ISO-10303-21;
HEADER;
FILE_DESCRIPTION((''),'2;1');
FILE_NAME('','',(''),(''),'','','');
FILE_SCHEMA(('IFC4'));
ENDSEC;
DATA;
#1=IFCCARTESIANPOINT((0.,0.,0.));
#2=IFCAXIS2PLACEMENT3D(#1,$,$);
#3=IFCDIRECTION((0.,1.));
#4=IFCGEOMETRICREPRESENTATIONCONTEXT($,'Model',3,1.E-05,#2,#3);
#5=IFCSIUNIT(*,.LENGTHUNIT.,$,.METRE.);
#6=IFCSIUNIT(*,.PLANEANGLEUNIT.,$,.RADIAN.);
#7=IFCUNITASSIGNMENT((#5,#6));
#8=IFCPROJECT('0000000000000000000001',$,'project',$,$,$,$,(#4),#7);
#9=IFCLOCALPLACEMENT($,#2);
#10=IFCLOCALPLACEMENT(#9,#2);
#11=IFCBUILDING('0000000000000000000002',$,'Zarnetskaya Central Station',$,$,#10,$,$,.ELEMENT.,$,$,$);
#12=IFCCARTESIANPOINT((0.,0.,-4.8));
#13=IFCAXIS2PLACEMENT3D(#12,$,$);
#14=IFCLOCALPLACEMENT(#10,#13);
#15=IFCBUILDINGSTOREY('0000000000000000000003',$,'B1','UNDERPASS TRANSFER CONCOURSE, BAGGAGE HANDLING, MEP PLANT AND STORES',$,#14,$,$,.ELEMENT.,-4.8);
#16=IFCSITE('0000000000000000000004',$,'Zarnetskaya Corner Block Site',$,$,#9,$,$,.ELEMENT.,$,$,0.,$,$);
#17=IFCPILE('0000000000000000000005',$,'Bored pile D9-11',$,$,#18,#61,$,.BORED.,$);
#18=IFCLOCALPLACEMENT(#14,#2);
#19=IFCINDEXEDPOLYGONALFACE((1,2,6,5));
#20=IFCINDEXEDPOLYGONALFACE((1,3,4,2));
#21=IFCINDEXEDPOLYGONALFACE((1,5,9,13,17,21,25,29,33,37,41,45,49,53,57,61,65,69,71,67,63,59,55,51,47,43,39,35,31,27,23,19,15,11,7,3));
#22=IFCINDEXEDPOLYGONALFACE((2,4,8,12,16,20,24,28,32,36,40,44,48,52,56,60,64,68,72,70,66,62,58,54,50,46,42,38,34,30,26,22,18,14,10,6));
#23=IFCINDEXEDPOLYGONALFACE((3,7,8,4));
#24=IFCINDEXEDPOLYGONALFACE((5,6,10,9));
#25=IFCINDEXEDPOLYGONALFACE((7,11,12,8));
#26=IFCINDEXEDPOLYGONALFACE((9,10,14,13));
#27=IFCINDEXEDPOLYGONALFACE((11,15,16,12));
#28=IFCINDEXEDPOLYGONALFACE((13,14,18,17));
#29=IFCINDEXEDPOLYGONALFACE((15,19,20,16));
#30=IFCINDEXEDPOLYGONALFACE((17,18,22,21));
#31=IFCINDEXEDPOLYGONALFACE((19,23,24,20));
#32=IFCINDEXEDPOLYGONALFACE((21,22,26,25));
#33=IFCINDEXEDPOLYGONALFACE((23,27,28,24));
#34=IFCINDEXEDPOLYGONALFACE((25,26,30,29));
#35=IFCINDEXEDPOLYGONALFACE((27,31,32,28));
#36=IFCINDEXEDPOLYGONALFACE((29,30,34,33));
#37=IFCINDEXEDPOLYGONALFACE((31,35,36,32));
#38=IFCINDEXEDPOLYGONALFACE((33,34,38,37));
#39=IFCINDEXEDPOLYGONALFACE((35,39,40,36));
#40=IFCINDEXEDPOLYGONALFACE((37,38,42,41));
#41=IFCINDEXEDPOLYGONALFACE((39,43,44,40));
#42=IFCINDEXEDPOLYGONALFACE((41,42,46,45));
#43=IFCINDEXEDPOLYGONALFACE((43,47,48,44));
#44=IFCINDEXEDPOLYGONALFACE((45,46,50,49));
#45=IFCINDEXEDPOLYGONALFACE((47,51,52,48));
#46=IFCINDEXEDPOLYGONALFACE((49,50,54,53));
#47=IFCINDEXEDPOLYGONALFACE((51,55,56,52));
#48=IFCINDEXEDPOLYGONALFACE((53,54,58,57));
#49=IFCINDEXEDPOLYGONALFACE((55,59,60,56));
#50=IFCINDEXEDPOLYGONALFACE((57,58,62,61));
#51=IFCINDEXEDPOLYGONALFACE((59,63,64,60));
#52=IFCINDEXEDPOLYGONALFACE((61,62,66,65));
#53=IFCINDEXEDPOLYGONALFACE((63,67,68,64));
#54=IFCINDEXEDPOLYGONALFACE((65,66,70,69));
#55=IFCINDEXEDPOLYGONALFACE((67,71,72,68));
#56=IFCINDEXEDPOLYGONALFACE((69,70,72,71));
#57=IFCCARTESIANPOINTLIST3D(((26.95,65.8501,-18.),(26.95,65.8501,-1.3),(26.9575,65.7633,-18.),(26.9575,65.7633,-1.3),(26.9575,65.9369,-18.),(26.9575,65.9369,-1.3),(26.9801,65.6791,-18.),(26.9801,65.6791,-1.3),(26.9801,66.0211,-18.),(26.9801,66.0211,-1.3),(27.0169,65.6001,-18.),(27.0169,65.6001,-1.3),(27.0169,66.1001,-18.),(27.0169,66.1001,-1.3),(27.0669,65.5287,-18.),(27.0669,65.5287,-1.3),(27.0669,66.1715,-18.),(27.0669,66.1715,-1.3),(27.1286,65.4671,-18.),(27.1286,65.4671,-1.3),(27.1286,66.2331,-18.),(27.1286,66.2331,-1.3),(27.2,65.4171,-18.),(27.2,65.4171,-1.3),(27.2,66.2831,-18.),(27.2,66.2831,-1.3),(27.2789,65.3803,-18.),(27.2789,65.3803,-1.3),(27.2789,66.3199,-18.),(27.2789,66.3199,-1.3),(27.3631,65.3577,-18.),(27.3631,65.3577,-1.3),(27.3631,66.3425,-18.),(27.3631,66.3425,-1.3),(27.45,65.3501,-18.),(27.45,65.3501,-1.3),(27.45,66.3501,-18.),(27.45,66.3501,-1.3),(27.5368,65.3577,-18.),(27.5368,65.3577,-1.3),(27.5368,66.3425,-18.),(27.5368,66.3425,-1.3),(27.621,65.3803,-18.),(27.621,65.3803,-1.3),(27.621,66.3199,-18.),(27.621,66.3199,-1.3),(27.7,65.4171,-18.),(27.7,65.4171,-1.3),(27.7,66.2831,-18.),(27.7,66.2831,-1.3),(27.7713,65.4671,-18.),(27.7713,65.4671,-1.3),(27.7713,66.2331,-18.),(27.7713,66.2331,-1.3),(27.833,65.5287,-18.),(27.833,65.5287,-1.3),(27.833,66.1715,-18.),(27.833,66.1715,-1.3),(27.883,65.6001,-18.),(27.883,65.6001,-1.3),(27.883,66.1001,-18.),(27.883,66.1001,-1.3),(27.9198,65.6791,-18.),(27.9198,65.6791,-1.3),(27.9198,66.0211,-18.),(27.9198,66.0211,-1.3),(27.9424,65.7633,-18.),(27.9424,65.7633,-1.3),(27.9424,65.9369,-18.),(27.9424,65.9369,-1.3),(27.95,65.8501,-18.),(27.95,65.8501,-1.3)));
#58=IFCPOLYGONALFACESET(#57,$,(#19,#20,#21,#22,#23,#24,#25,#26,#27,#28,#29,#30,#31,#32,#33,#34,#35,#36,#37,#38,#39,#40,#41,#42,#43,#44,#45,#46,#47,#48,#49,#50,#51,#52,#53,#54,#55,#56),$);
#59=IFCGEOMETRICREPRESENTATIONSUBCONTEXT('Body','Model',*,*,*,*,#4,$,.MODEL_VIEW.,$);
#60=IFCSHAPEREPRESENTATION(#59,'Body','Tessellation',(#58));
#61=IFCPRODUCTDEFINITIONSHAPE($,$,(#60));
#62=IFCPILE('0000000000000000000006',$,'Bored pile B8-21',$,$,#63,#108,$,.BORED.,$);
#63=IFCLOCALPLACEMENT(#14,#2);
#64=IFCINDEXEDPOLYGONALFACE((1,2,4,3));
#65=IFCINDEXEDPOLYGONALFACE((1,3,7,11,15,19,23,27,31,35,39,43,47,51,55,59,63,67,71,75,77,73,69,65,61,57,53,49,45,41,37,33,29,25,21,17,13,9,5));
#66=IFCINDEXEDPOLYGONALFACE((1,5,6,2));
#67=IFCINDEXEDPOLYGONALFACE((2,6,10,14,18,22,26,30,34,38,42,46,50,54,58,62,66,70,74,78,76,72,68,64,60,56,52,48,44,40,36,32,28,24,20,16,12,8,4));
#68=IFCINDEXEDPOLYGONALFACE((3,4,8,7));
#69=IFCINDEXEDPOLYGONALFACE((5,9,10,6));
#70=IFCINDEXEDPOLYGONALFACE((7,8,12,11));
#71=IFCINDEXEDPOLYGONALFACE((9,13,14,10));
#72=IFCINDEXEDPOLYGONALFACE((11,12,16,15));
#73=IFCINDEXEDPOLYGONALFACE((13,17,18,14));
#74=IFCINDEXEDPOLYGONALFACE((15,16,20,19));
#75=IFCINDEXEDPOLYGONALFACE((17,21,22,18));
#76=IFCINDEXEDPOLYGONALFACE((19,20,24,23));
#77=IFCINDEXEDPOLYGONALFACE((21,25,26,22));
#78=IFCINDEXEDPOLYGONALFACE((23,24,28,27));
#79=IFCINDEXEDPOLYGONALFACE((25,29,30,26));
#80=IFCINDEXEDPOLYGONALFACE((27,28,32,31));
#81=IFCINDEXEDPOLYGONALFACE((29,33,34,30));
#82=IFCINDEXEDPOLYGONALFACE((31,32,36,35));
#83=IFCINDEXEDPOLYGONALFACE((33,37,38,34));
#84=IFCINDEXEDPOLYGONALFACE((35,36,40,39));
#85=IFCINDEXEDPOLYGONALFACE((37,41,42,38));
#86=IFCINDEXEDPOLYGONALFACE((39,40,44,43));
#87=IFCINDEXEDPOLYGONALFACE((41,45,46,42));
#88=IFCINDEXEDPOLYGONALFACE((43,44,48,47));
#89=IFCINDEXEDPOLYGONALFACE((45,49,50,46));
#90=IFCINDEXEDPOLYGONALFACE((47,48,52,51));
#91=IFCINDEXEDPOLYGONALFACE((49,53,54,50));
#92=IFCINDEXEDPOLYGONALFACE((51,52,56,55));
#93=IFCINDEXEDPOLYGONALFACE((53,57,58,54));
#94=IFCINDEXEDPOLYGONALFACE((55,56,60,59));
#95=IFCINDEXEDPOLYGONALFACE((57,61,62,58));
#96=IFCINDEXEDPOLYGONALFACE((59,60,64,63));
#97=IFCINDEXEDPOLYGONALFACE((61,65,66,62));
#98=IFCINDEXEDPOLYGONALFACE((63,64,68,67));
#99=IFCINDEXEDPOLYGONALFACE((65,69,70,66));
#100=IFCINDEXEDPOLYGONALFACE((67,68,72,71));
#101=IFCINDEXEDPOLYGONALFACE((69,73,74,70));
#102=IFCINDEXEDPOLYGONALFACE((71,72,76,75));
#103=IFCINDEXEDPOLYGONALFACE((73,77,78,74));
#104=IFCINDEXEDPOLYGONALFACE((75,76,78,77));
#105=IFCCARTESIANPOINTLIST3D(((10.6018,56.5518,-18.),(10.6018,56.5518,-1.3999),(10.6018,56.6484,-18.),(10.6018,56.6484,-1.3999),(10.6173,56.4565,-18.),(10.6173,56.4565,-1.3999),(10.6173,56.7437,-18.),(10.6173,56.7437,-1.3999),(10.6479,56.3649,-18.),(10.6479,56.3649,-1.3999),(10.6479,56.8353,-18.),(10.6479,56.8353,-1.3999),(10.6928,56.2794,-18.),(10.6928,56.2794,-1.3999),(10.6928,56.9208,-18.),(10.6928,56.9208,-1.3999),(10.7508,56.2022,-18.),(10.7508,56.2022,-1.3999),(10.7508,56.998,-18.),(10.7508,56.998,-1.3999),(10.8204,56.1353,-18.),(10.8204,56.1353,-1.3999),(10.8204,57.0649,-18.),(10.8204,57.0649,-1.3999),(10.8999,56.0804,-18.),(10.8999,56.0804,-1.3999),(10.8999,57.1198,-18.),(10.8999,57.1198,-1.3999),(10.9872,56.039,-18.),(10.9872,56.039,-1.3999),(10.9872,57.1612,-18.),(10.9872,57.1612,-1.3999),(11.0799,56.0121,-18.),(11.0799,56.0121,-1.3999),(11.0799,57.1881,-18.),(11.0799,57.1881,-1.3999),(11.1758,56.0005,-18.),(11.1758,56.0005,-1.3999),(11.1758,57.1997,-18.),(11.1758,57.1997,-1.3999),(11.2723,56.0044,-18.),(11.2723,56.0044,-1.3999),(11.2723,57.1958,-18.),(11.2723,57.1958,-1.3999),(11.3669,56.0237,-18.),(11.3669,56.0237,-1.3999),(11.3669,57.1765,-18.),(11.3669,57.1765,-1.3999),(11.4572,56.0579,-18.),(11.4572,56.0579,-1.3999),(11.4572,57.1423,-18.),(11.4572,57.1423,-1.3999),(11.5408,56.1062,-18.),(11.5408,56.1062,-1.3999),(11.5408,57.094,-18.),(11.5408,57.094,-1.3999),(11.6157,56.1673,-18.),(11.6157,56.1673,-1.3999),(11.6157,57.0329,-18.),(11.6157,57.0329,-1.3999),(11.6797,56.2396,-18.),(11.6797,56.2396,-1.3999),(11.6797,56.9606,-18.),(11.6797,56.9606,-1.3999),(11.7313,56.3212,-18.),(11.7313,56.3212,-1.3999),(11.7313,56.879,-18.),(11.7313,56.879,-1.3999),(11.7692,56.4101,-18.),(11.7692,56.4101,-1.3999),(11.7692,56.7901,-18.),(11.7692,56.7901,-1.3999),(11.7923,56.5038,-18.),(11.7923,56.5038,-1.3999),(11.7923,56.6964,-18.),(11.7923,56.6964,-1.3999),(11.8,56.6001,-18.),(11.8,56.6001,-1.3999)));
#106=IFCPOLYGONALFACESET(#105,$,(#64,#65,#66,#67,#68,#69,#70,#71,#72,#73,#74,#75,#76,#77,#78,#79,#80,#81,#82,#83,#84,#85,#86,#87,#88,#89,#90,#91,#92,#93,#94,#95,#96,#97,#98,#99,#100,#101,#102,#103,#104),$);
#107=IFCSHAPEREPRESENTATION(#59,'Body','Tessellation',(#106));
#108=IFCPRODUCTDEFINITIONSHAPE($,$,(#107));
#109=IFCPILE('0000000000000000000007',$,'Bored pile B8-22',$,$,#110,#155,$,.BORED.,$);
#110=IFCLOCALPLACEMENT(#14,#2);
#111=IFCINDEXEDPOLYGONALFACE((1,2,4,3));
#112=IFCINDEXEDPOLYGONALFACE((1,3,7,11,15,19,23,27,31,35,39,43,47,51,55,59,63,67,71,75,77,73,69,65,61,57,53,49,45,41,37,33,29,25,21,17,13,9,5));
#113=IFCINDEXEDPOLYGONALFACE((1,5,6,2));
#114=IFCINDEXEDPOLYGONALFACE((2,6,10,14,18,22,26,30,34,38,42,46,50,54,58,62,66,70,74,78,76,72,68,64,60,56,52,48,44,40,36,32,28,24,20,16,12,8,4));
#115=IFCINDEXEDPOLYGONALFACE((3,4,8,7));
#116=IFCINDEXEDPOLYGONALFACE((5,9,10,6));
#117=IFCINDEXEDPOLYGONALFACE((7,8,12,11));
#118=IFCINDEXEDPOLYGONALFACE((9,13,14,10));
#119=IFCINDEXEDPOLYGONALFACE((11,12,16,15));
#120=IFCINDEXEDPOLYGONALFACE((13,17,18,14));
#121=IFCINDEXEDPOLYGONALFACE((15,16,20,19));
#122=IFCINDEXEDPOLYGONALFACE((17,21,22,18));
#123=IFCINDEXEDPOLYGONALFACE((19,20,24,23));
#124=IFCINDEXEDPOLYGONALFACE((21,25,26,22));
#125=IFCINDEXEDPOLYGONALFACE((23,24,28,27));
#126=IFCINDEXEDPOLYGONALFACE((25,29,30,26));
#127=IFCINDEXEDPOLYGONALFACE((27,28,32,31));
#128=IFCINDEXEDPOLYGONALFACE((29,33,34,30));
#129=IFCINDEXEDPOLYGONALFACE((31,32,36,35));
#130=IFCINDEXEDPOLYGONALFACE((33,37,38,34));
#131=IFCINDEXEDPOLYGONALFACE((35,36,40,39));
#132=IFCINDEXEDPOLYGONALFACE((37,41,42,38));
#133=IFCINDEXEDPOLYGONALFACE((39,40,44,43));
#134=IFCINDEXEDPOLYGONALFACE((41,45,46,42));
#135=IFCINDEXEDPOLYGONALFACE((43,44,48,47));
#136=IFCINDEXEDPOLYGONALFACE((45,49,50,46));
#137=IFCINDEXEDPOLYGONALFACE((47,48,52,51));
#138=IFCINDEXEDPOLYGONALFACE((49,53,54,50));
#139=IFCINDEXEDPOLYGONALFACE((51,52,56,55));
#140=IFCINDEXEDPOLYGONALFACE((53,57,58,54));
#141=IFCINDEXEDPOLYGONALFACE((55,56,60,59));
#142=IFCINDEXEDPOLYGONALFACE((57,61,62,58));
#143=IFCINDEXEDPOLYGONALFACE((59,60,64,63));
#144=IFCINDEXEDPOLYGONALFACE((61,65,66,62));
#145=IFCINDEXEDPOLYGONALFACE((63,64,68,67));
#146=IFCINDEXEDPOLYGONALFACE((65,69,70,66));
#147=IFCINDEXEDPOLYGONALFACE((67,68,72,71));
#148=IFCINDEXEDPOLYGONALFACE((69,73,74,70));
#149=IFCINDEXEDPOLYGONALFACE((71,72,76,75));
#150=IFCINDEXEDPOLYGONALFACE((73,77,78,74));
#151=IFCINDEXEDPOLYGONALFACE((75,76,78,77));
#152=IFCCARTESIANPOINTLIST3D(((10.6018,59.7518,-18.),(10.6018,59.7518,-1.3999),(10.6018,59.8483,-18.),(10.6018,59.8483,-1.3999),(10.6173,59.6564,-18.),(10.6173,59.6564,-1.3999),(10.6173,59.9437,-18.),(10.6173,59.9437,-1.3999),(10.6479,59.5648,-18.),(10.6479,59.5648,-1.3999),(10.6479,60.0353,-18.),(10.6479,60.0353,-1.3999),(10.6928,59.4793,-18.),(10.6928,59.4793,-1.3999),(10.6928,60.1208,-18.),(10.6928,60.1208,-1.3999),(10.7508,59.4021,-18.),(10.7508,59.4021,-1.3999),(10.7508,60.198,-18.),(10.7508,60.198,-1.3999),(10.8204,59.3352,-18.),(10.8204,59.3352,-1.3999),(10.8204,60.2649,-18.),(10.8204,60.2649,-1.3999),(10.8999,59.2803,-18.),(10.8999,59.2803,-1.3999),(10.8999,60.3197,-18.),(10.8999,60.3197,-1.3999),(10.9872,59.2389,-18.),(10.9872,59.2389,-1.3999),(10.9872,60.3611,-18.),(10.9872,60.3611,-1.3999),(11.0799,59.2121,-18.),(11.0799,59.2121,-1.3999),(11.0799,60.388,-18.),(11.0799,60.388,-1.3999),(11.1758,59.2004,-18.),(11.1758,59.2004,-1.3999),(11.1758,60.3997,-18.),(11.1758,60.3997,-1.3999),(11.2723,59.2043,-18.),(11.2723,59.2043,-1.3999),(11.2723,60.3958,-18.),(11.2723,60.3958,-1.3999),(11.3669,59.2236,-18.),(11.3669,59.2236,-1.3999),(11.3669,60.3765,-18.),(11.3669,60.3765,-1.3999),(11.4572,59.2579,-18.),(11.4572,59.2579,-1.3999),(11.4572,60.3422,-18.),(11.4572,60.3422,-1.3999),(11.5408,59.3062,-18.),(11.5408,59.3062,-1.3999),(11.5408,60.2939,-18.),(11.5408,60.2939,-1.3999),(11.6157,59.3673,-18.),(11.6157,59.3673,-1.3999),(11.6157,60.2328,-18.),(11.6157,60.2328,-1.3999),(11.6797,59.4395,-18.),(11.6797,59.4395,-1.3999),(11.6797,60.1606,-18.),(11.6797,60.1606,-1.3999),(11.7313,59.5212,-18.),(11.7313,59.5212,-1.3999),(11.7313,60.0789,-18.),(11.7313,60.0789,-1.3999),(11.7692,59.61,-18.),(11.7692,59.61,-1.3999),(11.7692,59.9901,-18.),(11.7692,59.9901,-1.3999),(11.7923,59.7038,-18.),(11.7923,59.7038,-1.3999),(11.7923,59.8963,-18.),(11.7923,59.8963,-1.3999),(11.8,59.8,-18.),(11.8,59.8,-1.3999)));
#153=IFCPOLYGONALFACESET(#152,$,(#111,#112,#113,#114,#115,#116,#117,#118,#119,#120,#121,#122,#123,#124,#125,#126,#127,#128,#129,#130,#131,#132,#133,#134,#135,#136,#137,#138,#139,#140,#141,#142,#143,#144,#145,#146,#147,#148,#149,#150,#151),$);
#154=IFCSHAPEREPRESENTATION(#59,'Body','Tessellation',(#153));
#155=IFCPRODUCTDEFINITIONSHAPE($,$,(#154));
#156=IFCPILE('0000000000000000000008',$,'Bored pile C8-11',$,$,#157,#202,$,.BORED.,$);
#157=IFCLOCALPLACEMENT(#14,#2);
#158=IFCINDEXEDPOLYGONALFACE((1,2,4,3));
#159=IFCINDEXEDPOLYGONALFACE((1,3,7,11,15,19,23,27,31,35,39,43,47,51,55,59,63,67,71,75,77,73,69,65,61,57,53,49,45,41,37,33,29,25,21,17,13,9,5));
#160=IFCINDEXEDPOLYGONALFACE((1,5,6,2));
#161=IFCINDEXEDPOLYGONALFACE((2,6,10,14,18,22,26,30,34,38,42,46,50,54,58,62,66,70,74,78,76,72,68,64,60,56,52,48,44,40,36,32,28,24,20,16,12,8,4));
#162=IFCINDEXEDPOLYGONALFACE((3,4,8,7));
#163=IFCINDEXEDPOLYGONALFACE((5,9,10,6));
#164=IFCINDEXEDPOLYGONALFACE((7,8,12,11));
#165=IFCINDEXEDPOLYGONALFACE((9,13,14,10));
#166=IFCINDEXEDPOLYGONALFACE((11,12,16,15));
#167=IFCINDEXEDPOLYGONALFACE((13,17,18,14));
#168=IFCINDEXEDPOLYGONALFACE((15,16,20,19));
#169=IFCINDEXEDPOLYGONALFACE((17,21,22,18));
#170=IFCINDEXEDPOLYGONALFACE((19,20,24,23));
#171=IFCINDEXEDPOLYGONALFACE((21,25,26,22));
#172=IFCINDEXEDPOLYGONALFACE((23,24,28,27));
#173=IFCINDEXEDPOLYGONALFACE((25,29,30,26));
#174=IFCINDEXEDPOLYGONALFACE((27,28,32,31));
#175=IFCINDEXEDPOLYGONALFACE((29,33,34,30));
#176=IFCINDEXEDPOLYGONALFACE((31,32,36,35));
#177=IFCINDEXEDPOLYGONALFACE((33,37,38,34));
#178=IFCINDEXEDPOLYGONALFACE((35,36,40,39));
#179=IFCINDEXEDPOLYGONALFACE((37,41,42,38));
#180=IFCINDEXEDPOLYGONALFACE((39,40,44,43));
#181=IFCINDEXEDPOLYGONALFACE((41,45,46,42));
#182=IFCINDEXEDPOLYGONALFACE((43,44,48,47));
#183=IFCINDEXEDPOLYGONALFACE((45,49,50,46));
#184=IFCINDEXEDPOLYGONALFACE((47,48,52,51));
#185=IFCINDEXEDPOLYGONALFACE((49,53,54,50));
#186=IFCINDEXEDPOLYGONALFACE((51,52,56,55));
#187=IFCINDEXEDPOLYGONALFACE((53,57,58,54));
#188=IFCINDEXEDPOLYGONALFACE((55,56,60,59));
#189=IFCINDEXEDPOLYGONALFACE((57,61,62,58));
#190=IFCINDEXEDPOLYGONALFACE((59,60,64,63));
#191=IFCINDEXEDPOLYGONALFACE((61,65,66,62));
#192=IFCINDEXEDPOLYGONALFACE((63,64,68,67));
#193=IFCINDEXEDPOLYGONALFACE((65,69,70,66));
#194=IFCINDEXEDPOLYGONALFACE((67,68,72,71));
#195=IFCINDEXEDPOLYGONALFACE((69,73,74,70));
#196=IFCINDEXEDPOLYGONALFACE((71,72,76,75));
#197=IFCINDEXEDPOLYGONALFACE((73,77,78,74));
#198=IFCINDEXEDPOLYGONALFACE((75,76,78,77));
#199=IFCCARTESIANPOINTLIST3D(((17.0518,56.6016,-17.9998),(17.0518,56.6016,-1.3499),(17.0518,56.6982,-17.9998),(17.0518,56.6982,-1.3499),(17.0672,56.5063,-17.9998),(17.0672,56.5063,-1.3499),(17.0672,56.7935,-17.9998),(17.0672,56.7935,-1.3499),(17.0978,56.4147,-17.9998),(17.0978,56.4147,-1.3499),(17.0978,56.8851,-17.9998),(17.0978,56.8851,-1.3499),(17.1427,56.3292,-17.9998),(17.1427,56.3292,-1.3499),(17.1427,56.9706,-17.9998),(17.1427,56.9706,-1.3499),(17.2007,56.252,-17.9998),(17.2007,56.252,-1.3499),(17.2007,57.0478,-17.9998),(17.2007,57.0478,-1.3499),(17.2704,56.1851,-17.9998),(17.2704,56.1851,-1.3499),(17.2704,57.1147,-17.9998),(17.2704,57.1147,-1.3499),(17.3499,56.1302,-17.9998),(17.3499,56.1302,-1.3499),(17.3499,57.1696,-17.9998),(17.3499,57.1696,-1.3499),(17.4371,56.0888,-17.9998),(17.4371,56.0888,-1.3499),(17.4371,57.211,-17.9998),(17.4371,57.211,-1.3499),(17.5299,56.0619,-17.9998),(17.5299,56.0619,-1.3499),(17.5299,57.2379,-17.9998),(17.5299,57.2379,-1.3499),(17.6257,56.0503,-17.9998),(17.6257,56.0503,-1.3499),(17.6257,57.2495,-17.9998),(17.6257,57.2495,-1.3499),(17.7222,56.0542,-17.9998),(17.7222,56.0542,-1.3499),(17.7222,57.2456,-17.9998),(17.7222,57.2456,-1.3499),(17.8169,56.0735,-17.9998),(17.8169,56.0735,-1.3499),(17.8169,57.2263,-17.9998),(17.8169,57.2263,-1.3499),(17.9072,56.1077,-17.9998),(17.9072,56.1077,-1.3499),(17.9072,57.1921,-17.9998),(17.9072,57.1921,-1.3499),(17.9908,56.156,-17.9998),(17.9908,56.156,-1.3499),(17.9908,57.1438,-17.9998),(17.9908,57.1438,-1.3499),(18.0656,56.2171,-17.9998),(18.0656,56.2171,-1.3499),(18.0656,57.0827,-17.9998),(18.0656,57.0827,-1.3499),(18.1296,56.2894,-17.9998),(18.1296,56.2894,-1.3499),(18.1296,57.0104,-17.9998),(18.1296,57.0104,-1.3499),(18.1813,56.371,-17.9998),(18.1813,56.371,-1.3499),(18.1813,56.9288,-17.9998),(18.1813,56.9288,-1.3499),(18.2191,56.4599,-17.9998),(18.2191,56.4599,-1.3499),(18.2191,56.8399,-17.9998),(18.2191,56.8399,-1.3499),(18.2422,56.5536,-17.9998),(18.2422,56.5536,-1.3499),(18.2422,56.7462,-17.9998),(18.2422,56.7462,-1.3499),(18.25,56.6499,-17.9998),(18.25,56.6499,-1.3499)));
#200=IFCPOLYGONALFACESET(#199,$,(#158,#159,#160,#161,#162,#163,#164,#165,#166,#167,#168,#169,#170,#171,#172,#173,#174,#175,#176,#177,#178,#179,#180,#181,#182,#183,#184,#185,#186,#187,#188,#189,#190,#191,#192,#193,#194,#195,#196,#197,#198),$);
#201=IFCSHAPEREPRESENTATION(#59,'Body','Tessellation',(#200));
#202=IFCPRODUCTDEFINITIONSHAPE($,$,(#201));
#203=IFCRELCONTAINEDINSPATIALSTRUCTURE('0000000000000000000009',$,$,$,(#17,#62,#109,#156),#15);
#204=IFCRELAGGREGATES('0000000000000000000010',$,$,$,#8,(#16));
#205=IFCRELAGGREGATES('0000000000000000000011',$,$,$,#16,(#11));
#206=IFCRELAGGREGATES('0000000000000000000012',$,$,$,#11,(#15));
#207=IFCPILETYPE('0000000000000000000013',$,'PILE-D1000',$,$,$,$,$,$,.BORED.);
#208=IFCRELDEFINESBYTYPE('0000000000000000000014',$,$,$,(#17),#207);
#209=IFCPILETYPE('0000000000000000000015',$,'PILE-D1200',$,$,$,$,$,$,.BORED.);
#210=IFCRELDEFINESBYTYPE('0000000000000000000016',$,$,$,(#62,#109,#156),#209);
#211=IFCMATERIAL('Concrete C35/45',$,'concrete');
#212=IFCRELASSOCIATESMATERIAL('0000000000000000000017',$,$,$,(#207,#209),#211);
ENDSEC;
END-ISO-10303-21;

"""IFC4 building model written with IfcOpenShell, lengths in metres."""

from ifc_helpers import new_model, si_unit, direction, frame, origin, origin_2d, place, context, subcontext, project, spatial, circle, extrude, material, material_profile, profile_set, type_object, element, save


model = new_model("IFC4")

# Units and contexts
model_context = context("Model", 3, precision=1e-05, world=origin(), true_north=direction((0.0, 1.0)))
body_context = subcontext(model_context, "Body", "Model", "MODEL_VIEW")
ifc_project = project(units=[si_unit("LENGTHUNIT", "METRE"), si_unit("PLANEANGLEUNIT", "RADIAN")], contexts=[model_context])

# Site, building, storey
site_placement = place(None, origin())
site = spatial("IfcSite", under=ifc_project, at=site_placement, Name="Zarnetskaya Corner Block Site", CompositionType="ELEMENT", RefElevation=0.0)
building_placement = place(site_placement, origin())
building = spatial("IfcBuilding", under=site, at=building_placement, Name="Zarnetskaya Central Station", CompositionType="ELEMENT")
storey_placement = place(building_placement, frame((0.0, 0.0, -4.8)))
storey = spatial("IfcBuildingStorey", under=building, at=storey_placement, Name="B1", Description="UNDERPASS TRANSFER CONCOURSE, BAGGAGE HANDLING, MEP PLANT AND STORES", CompositionType="ELEMENT", Elevation=-4.8)

# Shared definitions
ifc_material = material(Name="Concrete C35/45", Category="concrete")

# Piles
ifc_material_profile_1 = material_profile(ifc_material, circle(Radius=0.5, at=origin_2d()), Name="BORED PILE D1000")
ifc_profile_set_1 = profile_set([ifc_material_profile_1], Name="Concrete C35/45")
pile_type_1 = type_object("IfcPileType", Name="PILE-D1000", PredefinedType="BORED", material=ifc_profile_set_1)
for number, where, z_axis, x_axis, name in (
    (1, (27.45, 65.8501, -1.3), (0.0, 0.0, -1.0), (1.0, 0.0, 0.0), "Bored pile D9-11"),
):
    element("IfcPile", number, at=place(storey_placement, frame(where, z_axis=z_axis, x_axis=x_axis)), inside=storey, type_object=pile_type_1, Name=name, PredefinedType="BORED", context=body_context, shape_type="SweptSolid", body=[
        extrude(circle(Radius=0.5, at=origin_2d()), origin(), (0.0, 0.0, 1.0), 16.7),
    ])
ifc_material_profile_2 = material_profile(ifc_material, circle(Radius=0.6001, at=origin_2d()), Name="BORED PILE D1200")
ifc_profile_set_2 = profile_set([ifc_material_profile_2], Name="Concrete C35/45")
pile_type_2 = type_object("IfcPileType", Name="PILE-D1200", PredefinedType="BORED", material=ifc_profile_set_2)
for number, where, z_axis, x_axis, name in (
    (2, (11.2, 56.6001, -1.3999), (0.0, 0.0, -1.0), (1.0, 0.0, 0.0), "Bored pile B8-21"),
    (3, (11.2, 59.8, -1.3999), (0.0, 0.0, -1.0), (1.0, 0.0, 0.0), "Bored pile B8-22"),
):
    element("IfcPile", number, at=place(storey_placement, frame(where, z_axis=z_axis, x_axis=x_axis)), inside=storey, type_object=pile_type_2, Name=name, PredefinedType="BORED", context=body_context, shape_type="SweptSolid", body=[
        extrude(circle(Radius=0.6001, at=origin_2d()), origin(), (0.0, 0.0, 1.0), 16.6001),
    ])
for number, where, z_axis, x_axis, name in (
    (4, (17.6499, 56.6499, -1.3499), (0.0, 0.0, -1.0), (1.0, 0.0, 0.0), "Bored pile C8-11"),
):
    element("IfcPile", number, at=place(storey_placement, frame(where, z_axis=z_axis, x_axis=x_axis)), inside=storey, type_object=pile_type_2, Name=name, PredefinedType="BORED", context=body_context, shape_type="SweptSolid", body=[
        extrude(circle(Radius=0.6001, at=origin_2d()), origin(), (0.0, 0.0, 1.0), 16.6499),
    ])

save(model, "model.ifc")
